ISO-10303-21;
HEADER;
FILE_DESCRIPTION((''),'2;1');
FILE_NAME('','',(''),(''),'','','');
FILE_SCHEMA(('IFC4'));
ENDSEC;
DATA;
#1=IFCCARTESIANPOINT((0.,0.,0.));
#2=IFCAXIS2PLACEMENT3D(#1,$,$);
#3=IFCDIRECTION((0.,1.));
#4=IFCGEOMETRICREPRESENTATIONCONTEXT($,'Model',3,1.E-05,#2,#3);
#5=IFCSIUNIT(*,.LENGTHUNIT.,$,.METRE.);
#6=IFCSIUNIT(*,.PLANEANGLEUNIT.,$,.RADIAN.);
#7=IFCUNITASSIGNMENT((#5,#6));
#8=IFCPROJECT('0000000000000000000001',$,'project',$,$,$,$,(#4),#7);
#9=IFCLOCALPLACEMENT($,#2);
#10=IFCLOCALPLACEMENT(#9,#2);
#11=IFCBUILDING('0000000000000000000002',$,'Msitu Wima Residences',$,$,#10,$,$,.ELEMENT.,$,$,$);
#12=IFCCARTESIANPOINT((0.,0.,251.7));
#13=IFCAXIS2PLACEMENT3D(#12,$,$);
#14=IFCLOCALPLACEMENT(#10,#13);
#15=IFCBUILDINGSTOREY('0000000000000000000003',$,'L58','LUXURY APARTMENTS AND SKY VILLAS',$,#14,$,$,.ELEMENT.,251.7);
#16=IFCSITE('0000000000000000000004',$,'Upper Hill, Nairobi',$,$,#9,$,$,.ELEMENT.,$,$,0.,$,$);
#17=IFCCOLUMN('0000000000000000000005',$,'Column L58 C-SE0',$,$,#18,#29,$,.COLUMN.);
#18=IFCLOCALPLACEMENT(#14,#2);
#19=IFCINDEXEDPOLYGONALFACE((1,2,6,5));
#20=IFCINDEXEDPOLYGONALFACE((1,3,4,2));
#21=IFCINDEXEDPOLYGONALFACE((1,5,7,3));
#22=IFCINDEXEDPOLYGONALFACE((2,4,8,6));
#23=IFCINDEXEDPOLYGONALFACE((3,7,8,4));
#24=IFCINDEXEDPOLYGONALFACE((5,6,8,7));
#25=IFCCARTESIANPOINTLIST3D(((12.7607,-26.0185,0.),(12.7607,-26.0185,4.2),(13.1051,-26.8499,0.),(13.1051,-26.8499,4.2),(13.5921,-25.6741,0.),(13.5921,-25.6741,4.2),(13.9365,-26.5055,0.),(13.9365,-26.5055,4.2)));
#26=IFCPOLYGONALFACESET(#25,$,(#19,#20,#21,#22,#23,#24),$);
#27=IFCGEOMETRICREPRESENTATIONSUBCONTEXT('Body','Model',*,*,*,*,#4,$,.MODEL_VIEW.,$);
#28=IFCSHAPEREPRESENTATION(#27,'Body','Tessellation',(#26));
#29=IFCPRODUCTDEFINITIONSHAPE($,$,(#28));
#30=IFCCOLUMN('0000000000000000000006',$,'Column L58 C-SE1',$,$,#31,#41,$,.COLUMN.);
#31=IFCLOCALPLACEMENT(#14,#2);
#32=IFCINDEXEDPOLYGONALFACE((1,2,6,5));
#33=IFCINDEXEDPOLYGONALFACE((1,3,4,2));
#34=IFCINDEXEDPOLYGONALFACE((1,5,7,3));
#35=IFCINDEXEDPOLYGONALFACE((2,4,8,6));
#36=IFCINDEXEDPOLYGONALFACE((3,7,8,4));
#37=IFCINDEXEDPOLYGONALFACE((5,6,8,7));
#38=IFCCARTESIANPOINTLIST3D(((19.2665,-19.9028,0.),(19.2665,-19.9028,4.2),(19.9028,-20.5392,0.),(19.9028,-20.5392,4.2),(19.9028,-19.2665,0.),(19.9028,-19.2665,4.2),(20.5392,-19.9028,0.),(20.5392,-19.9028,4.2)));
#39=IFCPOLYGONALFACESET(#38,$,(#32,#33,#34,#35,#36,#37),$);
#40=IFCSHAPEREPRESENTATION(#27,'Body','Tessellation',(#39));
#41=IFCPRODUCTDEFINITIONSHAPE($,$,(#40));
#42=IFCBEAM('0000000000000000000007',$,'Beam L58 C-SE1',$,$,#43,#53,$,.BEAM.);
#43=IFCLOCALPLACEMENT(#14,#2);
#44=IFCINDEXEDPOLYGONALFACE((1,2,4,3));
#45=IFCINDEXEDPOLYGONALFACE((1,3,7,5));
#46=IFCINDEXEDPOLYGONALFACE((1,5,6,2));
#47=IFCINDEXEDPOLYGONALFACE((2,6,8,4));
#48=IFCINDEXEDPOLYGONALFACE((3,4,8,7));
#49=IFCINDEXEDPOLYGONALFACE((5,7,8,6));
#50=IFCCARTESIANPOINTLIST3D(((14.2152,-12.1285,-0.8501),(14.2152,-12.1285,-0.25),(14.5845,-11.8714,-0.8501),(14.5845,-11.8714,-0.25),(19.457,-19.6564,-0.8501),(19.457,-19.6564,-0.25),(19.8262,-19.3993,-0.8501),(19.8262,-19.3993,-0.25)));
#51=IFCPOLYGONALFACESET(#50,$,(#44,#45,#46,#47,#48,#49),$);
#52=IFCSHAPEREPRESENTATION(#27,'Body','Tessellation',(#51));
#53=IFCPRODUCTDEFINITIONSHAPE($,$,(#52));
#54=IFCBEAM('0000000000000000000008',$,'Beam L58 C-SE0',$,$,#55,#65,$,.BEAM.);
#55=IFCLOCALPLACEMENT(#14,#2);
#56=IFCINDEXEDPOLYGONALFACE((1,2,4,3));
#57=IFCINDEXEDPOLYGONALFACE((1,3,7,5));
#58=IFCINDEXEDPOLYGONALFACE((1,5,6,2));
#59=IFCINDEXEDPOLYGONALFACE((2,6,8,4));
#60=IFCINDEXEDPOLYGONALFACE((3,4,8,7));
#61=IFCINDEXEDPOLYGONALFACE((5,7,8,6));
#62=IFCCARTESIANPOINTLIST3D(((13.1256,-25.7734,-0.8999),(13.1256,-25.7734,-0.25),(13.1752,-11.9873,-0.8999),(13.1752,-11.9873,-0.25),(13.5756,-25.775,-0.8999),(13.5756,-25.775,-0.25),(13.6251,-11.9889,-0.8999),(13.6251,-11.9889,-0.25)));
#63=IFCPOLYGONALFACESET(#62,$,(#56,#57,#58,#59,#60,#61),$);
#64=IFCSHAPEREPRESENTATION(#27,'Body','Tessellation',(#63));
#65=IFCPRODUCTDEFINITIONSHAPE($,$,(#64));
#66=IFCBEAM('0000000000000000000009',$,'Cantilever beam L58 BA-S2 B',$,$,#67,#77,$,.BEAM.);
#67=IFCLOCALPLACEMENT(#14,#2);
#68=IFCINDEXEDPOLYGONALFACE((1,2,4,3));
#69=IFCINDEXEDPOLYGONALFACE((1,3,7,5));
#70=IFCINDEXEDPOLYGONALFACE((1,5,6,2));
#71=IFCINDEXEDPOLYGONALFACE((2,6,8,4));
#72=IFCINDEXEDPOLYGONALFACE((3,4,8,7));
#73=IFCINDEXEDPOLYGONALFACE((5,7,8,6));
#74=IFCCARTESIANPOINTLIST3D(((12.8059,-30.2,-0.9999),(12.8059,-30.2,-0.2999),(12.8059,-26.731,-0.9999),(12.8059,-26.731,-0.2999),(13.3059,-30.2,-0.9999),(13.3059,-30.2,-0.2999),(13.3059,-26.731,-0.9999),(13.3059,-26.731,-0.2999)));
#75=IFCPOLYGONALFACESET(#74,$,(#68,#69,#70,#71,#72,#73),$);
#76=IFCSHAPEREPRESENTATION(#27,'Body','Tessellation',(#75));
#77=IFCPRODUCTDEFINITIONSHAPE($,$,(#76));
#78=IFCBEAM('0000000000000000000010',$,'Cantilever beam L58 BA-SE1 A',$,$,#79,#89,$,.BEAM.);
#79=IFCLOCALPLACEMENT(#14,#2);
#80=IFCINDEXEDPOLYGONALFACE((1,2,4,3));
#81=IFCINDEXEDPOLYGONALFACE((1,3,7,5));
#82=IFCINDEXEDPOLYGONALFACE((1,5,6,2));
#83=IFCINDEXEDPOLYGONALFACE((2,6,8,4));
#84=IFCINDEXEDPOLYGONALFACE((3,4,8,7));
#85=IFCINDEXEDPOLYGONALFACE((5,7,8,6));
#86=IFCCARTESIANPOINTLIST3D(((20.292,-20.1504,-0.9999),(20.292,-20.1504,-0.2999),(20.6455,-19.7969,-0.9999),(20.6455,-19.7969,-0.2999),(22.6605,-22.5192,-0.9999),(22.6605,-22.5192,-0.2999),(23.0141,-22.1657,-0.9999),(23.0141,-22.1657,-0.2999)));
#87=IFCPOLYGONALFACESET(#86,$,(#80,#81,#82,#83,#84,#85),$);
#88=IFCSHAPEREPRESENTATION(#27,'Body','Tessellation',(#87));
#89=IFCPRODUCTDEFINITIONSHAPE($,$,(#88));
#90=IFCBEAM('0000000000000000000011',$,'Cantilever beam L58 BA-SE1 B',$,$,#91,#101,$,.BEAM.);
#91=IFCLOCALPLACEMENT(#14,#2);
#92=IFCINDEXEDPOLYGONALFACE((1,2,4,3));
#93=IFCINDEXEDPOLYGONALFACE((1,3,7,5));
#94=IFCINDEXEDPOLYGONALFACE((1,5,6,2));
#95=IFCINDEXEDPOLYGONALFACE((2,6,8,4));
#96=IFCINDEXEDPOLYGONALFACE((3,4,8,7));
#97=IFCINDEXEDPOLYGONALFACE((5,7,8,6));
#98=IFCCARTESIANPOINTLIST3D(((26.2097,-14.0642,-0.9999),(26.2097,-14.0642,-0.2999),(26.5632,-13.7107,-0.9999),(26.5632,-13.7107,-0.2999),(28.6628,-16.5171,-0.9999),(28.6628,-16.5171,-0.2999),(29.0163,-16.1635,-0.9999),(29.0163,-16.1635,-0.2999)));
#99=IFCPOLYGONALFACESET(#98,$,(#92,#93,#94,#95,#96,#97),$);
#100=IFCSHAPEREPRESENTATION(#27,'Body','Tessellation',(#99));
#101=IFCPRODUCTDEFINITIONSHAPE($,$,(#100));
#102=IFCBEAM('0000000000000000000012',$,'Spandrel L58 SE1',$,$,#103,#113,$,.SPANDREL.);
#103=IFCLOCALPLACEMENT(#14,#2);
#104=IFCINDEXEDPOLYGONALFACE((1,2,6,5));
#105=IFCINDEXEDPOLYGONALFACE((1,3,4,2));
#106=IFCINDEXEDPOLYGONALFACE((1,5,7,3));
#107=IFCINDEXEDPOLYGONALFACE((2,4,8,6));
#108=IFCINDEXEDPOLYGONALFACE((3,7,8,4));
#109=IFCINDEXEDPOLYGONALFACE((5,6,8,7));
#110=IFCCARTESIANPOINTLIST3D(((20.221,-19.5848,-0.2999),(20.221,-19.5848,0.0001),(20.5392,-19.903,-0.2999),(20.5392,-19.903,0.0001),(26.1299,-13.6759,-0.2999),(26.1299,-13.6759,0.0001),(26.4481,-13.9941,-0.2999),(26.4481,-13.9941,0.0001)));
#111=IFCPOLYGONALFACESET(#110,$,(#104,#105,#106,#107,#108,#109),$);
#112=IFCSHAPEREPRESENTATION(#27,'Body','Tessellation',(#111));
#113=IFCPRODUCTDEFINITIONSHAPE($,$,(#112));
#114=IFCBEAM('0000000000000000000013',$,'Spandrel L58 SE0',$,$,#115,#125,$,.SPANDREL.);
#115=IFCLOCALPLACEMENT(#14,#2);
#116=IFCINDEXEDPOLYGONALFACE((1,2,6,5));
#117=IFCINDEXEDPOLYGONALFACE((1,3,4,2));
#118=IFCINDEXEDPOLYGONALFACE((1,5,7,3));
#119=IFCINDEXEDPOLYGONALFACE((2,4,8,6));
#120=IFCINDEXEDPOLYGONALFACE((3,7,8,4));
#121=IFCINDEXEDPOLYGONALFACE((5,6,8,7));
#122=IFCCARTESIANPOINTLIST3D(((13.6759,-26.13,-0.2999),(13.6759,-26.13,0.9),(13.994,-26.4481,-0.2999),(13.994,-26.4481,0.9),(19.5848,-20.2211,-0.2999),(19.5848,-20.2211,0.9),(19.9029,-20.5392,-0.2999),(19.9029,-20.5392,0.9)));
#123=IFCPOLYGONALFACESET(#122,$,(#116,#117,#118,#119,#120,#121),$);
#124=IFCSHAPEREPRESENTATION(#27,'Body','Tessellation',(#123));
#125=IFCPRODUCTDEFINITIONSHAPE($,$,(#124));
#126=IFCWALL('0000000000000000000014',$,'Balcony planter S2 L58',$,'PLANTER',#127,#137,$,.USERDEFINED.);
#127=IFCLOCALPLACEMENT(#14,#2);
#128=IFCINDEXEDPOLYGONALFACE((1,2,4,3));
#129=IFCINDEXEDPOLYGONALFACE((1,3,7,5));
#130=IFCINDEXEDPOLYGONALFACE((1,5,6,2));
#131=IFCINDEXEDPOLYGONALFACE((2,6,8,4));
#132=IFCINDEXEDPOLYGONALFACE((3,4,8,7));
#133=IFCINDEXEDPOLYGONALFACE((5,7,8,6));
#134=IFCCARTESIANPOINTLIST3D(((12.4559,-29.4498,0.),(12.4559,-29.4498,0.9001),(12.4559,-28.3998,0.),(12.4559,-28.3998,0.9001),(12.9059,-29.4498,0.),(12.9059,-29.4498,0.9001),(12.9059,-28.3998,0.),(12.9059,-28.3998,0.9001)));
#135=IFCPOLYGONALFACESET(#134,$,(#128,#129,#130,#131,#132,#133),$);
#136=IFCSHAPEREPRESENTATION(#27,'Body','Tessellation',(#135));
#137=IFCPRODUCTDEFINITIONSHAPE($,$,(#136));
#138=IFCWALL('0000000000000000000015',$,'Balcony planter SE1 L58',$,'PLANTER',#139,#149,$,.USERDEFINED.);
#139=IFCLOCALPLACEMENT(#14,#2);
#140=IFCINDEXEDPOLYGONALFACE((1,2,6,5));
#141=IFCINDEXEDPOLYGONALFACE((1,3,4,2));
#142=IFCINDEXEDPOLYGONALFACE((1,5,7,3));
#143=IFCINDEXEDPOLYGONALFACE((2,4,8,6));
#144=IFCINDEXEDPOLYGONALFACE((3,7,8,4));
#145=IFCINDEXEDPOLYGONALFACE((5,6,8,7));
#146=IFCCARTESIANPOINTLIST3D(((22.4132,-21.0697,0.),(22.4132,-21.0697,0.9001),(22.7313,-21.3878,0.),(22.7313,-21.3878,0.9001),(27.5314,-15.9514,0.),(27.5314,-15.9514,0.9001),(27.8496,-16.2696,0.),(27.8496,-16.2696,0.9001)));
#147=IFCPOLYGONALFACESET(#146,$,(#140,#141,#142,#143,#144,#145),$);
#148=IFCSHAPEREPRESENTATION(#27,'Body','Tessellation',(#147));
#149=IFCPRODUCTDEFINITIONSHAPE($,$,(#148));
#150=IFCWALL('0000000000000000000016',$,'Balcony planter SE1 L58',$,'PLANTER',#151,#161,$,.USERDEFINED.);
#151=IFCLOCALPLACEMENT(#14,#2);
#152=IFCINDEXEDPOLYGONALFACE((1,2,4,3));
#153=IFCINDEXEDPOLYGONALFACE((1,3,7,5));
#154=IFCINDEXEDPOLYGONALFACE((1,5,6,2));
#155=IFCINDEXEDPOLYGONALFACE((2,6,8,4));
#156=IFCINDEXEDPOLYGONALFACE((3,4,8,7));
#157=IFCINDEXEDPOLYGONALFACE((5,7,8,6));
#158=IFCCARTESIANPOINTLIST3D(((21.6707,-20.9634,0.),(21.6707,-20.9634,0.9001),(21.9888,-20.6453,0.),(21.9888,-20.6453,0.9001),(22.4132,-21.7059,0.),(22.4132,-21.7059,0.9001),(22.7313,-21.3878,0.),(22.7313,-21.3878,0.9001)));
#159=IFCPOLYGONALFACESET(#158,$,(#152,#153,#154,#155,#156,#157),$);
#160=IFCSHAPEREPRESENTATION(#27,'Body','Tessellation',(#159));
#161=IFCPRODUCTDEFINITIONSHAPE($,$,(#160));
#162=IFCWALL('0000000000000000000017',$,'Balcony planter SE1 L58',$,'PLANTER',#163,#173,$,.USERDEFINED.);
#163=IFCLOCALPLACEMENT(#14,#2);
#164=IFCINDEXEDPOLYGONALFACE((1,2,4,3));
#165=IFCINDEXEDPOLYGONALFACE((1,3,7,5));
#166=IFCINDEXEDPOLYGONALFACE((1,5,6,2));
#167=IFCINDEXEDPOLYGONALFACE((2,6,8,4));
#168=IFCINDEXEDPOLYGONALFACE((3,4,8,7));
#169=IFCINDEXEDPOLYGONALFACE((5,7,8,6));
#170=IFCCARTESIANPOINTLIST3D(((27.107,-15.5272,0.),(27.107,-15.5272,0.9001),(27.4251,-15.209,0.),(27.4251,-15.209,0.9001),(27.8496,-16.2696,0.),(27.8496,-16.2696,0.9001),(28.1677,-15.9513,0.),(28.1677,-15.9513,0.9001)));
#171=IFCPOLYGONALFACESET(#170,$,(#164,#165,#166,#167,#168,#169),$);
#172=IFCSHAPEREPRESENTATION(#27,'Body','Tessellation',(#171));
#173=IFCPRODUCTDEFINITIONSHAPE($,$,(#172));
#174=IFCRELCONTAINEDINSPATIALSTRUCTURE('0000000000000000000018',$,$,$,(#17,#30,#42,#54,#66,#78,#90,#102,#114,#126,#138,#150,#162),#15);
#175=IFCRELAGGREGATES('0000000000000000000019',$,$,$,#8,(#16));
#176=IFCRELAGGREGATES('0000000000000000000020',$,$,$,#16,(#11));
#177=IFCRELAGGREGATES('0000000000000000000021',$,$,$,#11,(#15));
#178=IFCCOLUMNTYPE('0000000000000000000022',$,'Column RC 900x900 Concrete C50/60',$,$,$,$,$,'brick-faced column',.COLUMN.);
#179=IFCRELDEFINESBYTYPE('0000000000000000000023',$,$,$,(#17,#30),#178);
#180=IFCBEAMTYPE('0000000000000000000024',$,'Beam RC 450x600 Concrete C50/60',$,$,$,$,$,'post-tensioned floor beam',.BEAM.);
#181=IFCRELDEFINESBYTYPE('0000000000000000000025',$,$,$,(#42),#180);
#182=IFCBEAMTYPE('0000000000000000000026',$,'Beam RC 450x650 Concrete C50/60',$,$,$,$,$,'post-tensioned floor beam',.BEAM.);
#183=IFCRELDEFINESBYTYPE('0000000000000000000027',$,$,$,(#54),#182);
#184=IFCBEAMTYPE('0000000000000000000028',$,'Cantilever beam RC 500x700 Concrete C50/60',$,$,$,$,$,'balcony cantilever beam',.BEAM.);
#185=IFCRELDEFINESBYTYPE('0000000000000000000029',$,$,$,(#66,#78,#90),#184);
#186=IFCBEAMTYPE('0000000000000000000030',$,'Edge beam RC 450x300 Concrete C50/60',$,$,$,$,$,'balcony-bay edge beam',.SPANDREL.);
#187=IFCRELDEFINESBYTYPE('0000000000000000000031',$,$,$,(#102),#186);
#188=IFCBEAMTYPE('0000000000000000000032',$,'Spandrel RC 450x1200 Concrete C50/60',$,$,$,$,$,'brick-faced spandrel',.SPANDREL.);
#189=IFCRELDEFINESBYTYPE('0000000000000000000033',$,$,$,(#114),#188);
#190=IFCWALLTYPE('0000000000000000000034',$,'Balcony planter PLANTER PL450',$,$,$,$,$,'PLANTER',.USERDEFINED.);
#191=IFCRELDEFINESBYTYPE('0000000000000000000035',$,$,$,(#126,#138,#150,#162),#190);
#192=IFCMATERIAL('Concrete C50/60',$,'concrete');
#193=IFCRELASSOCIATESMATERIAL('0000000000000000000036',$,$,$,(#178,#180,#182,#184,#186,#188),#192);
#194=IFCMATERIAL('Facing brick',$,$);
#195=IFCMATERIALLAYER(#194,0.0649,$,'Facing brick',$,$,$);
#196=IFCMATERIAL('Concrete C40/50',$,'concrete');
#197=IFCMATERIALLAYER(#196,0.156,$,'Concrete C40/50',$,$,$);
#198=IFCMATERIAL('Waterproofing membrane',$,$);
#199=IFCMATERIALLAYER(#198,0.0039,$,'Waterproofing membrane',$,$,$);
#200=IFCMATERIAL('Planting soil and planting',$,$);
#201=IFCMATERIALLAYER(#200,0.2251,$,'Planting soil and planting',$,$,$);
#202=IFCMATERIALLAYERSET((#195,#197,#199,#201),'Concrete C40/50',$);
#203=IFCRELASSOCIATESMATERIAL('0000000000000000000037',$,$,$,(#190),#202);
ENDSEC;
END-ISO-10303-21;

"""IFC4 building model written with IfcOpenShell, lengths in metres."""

from ifc_helpers import new_model, si_unit, direction, frame, frame_2d, origin, origin_2d, place, context, subcontext, project, spatial, rectangle, extrude, material, layer, layer_set, material_profile, profile_set, type_object, element, save


model = new_model("IFC4")

# Units and contexts
model_context = context("Model", 3, precision=1e-05, world=origin(), true_north=direction((0.0, 1.0)))
body_context = subcontext(model_context, "Body", "Model", "MODEL_VIEW")
ifc_project = project(units=[si_unit("LENGTHUNIT", "METRE"), si_unit("PLANEANGLEUNIT", "RADIAN")], contexts=[model_context])

# Site, building, storey
site_placement = place(None, origin())
site = spatial("IfcSite", under=ifc_project, at=site_placement, Name="Upper Hill, Nairobi", CompositionType="ELEMENT", RefElevation=0.0)
building_placement = place(site_placement, origin())
building = spatial("IfcBuilding", under=site, at=building_placement, Name="Msitu Wima Residences", CompositionType="ELEMENT")
storey_placement = place(building_placement, frame((0.0, 0.0, 251.7)))
storey = spatial("IfcBuildingStorey", under=building, at=storey_placement, Name="L58", Description="LUXURY APARTMENTS AND SKY VILLAS", CompositionType="ELEMENT", Elevation=251.7)

# Columns
ifc_material_1 = material(Name="Concrete C50/60", Category="concrete")
ifc_material_profile_1 = material_profile(ifc_material_1, rectangle(XDim=0.8999, YDim=0.8999, at=origin_2d()), Name="RC 900x900")
ifc_profile_set_1 = profile_set([ifc_material_profile_1], Name="Concrete C50/60")
column_type = type_object("IfcColumnType", Name="Column RC 900x900 Concrete C50/60", ElementType="brick-faced column", PredefinedType="COLUMN", material=ifc_profile_set_1)
for number, where, z_axis, x_axis, name in (
    (1, (13.3486, -26.262, 0.0), (0.0, 0.0, 1.0), (0.92388, 0.382683, 0.0), "Column L58 C-SE0"),
    (2, (19.9028, -19.9028, 0.0), (0.0, 0.0, 1.0), (0.707107, 0.707107, 0.0), "Column L58 C-SE1"),
):
    element("IfcColumn", number, at=place(storey_placement, frame(where, z_axis=z_axis, x_axis=x_axis)), inside=storey, type_object=column_type, Name=name, PredefinedType="COLUMN", context=body_context, shape_type="SweptSolid", body=[
        extrude(rectangle(XDim=0.8999, YDim=0.8999, at=origin_2d()), origin(), (0.0, 0.0, 1.0), 4.2),
    ])

# Beams
ifc_material_profile_2 = material_profile(ifc_material_1, rectangle(XDim=0.45, YDim=0.6001, at=origin_2d()), Name="RC 450x600")
ifc_profile_set_2 = profile_set([ifc_material_profile_2], Name="Concrete C50/60")
beam_type_1 = type_object("IfcBeamType", Name="Beam RC 450x600 Concrete C50/60", ElementType="post-tensioned floor beam", PredefinedType="BEAM", material=ifc_profile_set_2)
beam_1_placement = place(storey_placement, frame((19.6416, -19.5278, -0.55), z_axis=(-0.571428, 0.820652, 0.0), x_axis=(-0.820652, -0.571428, 0.0)))
element("IfcBeam", 3, at=beam_1_placement, inside=storey, type_object=beam_type_1, Name="Beam L58 C-SE1", PredefinedType="BEAM", context=body_context, shape_type="SweptSolid", body=[
    extrude(rectangle(XDim=0.45, YDim=0.6001, at=origin_2d()), origin(), (0.0, 0.0, 1.0), 9.1731),
])
ifc_material_profile_3 = material_profile(ifc_material_1, rectangle(XDim=0.45, YDim=0.6499, at=origin_2d()), Name="RC 450x650")
ifc_profile_set_3 = profile_set([ifc_material_profile_3], Name="Concrete C50/60")
beam_type_2 = type_object("IfcBeamType", Name="Beam RC 450x650 Concrete C50/60", ElementType="post-tensioned floor beam", PredefinedType="BEAM", material=ifc_profile_set_3)
beam_2_placement = place(storey_placement, frame((13.3506, -25.7742, -0.575), z_axis=(0.003595, 0.999994, 0.0), x_axis=(-0.999994, 0.003595, 0.0)))
element("IfcBeam", 4, at=beam_2_placement, inside=storey, type_object=beam_type_2, Name="Beam L58 C-SE0", PredefinedType="BEAM", context=body_context, shape_type="SweptSolid", body=[
    extrude(rectangle(XDim=0.45, YDim=0.6499, at=origin_2d()), origin(), (0.0, 0.0, 1.0), 13.7861),
])
ifc_material_profile_4 = material_profile(ifc_material_1, rectangle(XDim=0.5, YDim=0.7, at=origin_2d()), Name="RC 500x700")
ifc_profile_set_4 = profile_set([ifc_material_profile_4], Name="Concrete C50/60")
beam_type_3 = type_object("IfcBeamType", Name="Cantilever beam RC 500x700 Concrete C50/60", ElementType="balcony cantilever beam", PredefinedType="BEAM", material=ifc_profile_set_4)
beam_3_placement = place(storey_placement, frame((13.0559, -26.731, -0.6499), z_axis=(0.0, -1.0, 0.0), x_axis=(1.0, 0.0, 0.0)))
element("IfcBeam", 5, at=beam_3_placement, inside=storey, type_object=beam_type_3, Name="Cantilever beam L58 BA-S2 B", PredefinedType="BEAM", context=body_context, shape_type="SweptSolid", body=[
    extrude(rectangle(XDim=0.5, YDim=0.7, at=origin_2d()), origin(), (0.0, 0.0, 1.0), 3.469),
])
beam_4_placement = place(storey_placement, frame((20.4688, -19.9736, -0.6499), z_axis=(0.70707, -0.707143, 0.0), x_axis=(0.707143, 0.70707, 0.0)))
element("IfcBeam", 6, at=beam_4_placement, inside=storey, type_object=beam_type_3, Name="Cantilever beam L58 BA-SE1 A", PredefinedType="BEAM", context=body_context, shape_type="SweptSolid", body=[
    extrude(rectangle(XDim=0.5, YDim=0.7, at=origin_2d()), origin(), (0.0, 0.0, 1.0), 3.3499),
])
beam_5_placement = place(storey_placement, frame((26.3865, -13.8875, -0.6499), z_axis=(0.707142, -0.707072, 0.0), x_axis=(0.707072, 0.707142, 0.0)))
element("IfcBeam", 7, at=beam_5_placement, inside=storey, type_object=beam_type_3, Name="Cantilever beam L58 BA-SE1 B", PredefinedType="BEAM", context=body_context, shape_type="SweptSolid", body=[
    extrude(rectangle(XDim=0.5, YDim=0.7, at=origin_2d()), origin(), (0.0, 0.0, 1.0), 3.469),
])
ifc_material_profile_5 = material_profile(ifc_material_1, rectangle(XDim=0.45, YDim=0.3, at=origin_2d()), Name="RC 450x300")
ifc_profile_set_5 = profile_set([ifc_material_profile_5], Name="Concrete C50/60")
beam_type_4 = type_object("IfcBeamType", Name="Edge beam RC 450x300 Concrete C50/60", ElementType="balcony-bay edge beam", PredefinedType="SPANDREL", material=ifc_profile_set_5)
beam_6_placement = place(storey_placement, frame((20.3801, -19.7439, -0.1499), z_axis=(0.707107, 0.707107, 0.0), x_axis=(-0.707107, 0.707107, 0.0)))
element("IfcBeam", 8, at=beam_6_placement, inside=storey, type_object=beam_type_4, Name="Spandrel L58 SE1", PredefinedType="SPANDREL", context=body_context, shape_type="SweptSolid", body=[
    extrude(rectangle(XDim=0.45, YDim=0.3, at=origin_2d()), origin(), (0.0, 0.0, 1.0), 8.3564),
])
ifc_material_profile_6 = material_profile(ifc_material_1, rectangle(XDim=0.45, YDim=1.2, at=origin_2d()), Name="RC 450x1200")
ifc_profile_set_6 = profile_set([ifc_material_profile_6], Name="Concrete C50/60")
beam_type_5 = type_object("IfcBeamType", Name="Spandrel RC 450x1200 Concrete C50/60", ElementType="brick-faced spandrel", PredefinedType="SPANDREL", material=ifc_profile_set_6)
beam_7_placement = place(storey_placement, frame((13.835, -26.2891, 0.3), z_axis=(0.707107, 0.707107, 0.0), x_axis=(-0.707107, 0.707107, 0.0)))
element("IfcBeam", 9, at=beam_7_placement, inside=storey, type_object=beam_type_5, Name="Spandrel L58 SE0", PredefinedType="SPANDREL", context=body_context, shape_type="SweptSolid", body=[
    extrude(rectangle(XDim=0.45, YDim=1.2, at=origin_2d()), origin(), (0.0, 0.0, 1.0), 8.3564),
])

# Walls
ifc_material_2 = material(Name="Facing brick")
ifc_layer_1 = layer(ifc_material_2, 0.0649, Name="Facing brick")
ifc_material_3 = material(Name="Concrete C40/50", Category="concrete")
ifc_layer_2 = layer(ifc_material_3, 0.156, Name="Concrete C40/50")
ifc_material_4 = material(Name="Waterproofing membrane")
ifc_layer_3 = layer(ifc_material_4, 0.0039, Name="Waterproofing membrane")
ifc_material_5 = material(Name="Planting soil and planting")
ifc_layer_4 = layer(ifc_material_5, 0.2251, Name="Planting soil and planting")
ifc_layer_set_1 = layer_set([ifc_layer_1, ifc_layer_2, ifc_layer_3, ifc_layer_4], Name="Concrete C40/50")
wall_type_1 = type_object("IfcWallType", Name="Balcony planter PLANTER PL450", ElementType="PLANTER", PredefinedType="USERDEFINED", material=ifc_layer_set_1)
wall_1_placement = place(storey_placement, frame((12.6809, -28.3999, 0.0), z_axis=(0.0, 0.0, 1.0), x_axis=(0.0, -1.0, 0.0)))
element("IfcWall", 10, at=wall_1_placement, inside=storey, type_object=wall_type_1, Name="Balcony planter S2 L58", ObjectType="PLANTER", PredefinedType="USERDEFINED", context=body_context, shape_type="SweptSolid", body=[
    extrude(rectangle(XDim=1.05, YDim=0.45, at=frame_2d((0.5249, 0.0))), origin(), (0.0, 0.0, 1.0), 0.9001),
])
wall_2_placement = place(storey_placement, frame((22.5723, -21.2288, 0.0), z_axis=(0.0, 0.0, 1.0), x_axis=(0.707107, 0.707107, 0.0)))
element("IfcWall", 11, at=wall_2_placement, inside=storey, type_object=wall_type_1, Name="Balcony planter SE1 L58", ObjectType="PLANTER", PredefinedType="USERDEFINED", context=body_context, shape_type="SweptSolid", body=[
    extrude(rectangle(XDim=7.2383, YDim=0.45, at=frame_2d((3.6191, 0.0))), origin(), (0.0, 0.0, 1.0), 0.9001),
])
for number, where, z_axis, x_axis, name in (
    (12, (21.8298, -20.8044, 0.0), (0.0, 0.0, 1.0), (0.707107, -0.707107, 0.0), "Balcony planter SE1 L58"),
    (13, (27.2661, -15.3682, 0.0), (0.0, 0.0, 1.0), (0.707223, -0.706991, 0.0), "Balcony planter SE1 L58"),
):
    element("IfcWall", number, at=place(storey_placement, frame(where, z_axis=z_axis, x_axis=x_axis)), inside=storey, type_object=wall_type_1, Name=name, ObjectType="PLANTER", PredefinedType="USERDEFINED", context=body_context, shape_type="SweptSolid", body=[
        extrude(rectangle(XDim=1.05, YDim=0.45, at=frame_2d((0.5249, 0.0))), origin(), (0.0, 0.0, 1.0), 0.9001),
    ])

save(model, "model.ifc")
